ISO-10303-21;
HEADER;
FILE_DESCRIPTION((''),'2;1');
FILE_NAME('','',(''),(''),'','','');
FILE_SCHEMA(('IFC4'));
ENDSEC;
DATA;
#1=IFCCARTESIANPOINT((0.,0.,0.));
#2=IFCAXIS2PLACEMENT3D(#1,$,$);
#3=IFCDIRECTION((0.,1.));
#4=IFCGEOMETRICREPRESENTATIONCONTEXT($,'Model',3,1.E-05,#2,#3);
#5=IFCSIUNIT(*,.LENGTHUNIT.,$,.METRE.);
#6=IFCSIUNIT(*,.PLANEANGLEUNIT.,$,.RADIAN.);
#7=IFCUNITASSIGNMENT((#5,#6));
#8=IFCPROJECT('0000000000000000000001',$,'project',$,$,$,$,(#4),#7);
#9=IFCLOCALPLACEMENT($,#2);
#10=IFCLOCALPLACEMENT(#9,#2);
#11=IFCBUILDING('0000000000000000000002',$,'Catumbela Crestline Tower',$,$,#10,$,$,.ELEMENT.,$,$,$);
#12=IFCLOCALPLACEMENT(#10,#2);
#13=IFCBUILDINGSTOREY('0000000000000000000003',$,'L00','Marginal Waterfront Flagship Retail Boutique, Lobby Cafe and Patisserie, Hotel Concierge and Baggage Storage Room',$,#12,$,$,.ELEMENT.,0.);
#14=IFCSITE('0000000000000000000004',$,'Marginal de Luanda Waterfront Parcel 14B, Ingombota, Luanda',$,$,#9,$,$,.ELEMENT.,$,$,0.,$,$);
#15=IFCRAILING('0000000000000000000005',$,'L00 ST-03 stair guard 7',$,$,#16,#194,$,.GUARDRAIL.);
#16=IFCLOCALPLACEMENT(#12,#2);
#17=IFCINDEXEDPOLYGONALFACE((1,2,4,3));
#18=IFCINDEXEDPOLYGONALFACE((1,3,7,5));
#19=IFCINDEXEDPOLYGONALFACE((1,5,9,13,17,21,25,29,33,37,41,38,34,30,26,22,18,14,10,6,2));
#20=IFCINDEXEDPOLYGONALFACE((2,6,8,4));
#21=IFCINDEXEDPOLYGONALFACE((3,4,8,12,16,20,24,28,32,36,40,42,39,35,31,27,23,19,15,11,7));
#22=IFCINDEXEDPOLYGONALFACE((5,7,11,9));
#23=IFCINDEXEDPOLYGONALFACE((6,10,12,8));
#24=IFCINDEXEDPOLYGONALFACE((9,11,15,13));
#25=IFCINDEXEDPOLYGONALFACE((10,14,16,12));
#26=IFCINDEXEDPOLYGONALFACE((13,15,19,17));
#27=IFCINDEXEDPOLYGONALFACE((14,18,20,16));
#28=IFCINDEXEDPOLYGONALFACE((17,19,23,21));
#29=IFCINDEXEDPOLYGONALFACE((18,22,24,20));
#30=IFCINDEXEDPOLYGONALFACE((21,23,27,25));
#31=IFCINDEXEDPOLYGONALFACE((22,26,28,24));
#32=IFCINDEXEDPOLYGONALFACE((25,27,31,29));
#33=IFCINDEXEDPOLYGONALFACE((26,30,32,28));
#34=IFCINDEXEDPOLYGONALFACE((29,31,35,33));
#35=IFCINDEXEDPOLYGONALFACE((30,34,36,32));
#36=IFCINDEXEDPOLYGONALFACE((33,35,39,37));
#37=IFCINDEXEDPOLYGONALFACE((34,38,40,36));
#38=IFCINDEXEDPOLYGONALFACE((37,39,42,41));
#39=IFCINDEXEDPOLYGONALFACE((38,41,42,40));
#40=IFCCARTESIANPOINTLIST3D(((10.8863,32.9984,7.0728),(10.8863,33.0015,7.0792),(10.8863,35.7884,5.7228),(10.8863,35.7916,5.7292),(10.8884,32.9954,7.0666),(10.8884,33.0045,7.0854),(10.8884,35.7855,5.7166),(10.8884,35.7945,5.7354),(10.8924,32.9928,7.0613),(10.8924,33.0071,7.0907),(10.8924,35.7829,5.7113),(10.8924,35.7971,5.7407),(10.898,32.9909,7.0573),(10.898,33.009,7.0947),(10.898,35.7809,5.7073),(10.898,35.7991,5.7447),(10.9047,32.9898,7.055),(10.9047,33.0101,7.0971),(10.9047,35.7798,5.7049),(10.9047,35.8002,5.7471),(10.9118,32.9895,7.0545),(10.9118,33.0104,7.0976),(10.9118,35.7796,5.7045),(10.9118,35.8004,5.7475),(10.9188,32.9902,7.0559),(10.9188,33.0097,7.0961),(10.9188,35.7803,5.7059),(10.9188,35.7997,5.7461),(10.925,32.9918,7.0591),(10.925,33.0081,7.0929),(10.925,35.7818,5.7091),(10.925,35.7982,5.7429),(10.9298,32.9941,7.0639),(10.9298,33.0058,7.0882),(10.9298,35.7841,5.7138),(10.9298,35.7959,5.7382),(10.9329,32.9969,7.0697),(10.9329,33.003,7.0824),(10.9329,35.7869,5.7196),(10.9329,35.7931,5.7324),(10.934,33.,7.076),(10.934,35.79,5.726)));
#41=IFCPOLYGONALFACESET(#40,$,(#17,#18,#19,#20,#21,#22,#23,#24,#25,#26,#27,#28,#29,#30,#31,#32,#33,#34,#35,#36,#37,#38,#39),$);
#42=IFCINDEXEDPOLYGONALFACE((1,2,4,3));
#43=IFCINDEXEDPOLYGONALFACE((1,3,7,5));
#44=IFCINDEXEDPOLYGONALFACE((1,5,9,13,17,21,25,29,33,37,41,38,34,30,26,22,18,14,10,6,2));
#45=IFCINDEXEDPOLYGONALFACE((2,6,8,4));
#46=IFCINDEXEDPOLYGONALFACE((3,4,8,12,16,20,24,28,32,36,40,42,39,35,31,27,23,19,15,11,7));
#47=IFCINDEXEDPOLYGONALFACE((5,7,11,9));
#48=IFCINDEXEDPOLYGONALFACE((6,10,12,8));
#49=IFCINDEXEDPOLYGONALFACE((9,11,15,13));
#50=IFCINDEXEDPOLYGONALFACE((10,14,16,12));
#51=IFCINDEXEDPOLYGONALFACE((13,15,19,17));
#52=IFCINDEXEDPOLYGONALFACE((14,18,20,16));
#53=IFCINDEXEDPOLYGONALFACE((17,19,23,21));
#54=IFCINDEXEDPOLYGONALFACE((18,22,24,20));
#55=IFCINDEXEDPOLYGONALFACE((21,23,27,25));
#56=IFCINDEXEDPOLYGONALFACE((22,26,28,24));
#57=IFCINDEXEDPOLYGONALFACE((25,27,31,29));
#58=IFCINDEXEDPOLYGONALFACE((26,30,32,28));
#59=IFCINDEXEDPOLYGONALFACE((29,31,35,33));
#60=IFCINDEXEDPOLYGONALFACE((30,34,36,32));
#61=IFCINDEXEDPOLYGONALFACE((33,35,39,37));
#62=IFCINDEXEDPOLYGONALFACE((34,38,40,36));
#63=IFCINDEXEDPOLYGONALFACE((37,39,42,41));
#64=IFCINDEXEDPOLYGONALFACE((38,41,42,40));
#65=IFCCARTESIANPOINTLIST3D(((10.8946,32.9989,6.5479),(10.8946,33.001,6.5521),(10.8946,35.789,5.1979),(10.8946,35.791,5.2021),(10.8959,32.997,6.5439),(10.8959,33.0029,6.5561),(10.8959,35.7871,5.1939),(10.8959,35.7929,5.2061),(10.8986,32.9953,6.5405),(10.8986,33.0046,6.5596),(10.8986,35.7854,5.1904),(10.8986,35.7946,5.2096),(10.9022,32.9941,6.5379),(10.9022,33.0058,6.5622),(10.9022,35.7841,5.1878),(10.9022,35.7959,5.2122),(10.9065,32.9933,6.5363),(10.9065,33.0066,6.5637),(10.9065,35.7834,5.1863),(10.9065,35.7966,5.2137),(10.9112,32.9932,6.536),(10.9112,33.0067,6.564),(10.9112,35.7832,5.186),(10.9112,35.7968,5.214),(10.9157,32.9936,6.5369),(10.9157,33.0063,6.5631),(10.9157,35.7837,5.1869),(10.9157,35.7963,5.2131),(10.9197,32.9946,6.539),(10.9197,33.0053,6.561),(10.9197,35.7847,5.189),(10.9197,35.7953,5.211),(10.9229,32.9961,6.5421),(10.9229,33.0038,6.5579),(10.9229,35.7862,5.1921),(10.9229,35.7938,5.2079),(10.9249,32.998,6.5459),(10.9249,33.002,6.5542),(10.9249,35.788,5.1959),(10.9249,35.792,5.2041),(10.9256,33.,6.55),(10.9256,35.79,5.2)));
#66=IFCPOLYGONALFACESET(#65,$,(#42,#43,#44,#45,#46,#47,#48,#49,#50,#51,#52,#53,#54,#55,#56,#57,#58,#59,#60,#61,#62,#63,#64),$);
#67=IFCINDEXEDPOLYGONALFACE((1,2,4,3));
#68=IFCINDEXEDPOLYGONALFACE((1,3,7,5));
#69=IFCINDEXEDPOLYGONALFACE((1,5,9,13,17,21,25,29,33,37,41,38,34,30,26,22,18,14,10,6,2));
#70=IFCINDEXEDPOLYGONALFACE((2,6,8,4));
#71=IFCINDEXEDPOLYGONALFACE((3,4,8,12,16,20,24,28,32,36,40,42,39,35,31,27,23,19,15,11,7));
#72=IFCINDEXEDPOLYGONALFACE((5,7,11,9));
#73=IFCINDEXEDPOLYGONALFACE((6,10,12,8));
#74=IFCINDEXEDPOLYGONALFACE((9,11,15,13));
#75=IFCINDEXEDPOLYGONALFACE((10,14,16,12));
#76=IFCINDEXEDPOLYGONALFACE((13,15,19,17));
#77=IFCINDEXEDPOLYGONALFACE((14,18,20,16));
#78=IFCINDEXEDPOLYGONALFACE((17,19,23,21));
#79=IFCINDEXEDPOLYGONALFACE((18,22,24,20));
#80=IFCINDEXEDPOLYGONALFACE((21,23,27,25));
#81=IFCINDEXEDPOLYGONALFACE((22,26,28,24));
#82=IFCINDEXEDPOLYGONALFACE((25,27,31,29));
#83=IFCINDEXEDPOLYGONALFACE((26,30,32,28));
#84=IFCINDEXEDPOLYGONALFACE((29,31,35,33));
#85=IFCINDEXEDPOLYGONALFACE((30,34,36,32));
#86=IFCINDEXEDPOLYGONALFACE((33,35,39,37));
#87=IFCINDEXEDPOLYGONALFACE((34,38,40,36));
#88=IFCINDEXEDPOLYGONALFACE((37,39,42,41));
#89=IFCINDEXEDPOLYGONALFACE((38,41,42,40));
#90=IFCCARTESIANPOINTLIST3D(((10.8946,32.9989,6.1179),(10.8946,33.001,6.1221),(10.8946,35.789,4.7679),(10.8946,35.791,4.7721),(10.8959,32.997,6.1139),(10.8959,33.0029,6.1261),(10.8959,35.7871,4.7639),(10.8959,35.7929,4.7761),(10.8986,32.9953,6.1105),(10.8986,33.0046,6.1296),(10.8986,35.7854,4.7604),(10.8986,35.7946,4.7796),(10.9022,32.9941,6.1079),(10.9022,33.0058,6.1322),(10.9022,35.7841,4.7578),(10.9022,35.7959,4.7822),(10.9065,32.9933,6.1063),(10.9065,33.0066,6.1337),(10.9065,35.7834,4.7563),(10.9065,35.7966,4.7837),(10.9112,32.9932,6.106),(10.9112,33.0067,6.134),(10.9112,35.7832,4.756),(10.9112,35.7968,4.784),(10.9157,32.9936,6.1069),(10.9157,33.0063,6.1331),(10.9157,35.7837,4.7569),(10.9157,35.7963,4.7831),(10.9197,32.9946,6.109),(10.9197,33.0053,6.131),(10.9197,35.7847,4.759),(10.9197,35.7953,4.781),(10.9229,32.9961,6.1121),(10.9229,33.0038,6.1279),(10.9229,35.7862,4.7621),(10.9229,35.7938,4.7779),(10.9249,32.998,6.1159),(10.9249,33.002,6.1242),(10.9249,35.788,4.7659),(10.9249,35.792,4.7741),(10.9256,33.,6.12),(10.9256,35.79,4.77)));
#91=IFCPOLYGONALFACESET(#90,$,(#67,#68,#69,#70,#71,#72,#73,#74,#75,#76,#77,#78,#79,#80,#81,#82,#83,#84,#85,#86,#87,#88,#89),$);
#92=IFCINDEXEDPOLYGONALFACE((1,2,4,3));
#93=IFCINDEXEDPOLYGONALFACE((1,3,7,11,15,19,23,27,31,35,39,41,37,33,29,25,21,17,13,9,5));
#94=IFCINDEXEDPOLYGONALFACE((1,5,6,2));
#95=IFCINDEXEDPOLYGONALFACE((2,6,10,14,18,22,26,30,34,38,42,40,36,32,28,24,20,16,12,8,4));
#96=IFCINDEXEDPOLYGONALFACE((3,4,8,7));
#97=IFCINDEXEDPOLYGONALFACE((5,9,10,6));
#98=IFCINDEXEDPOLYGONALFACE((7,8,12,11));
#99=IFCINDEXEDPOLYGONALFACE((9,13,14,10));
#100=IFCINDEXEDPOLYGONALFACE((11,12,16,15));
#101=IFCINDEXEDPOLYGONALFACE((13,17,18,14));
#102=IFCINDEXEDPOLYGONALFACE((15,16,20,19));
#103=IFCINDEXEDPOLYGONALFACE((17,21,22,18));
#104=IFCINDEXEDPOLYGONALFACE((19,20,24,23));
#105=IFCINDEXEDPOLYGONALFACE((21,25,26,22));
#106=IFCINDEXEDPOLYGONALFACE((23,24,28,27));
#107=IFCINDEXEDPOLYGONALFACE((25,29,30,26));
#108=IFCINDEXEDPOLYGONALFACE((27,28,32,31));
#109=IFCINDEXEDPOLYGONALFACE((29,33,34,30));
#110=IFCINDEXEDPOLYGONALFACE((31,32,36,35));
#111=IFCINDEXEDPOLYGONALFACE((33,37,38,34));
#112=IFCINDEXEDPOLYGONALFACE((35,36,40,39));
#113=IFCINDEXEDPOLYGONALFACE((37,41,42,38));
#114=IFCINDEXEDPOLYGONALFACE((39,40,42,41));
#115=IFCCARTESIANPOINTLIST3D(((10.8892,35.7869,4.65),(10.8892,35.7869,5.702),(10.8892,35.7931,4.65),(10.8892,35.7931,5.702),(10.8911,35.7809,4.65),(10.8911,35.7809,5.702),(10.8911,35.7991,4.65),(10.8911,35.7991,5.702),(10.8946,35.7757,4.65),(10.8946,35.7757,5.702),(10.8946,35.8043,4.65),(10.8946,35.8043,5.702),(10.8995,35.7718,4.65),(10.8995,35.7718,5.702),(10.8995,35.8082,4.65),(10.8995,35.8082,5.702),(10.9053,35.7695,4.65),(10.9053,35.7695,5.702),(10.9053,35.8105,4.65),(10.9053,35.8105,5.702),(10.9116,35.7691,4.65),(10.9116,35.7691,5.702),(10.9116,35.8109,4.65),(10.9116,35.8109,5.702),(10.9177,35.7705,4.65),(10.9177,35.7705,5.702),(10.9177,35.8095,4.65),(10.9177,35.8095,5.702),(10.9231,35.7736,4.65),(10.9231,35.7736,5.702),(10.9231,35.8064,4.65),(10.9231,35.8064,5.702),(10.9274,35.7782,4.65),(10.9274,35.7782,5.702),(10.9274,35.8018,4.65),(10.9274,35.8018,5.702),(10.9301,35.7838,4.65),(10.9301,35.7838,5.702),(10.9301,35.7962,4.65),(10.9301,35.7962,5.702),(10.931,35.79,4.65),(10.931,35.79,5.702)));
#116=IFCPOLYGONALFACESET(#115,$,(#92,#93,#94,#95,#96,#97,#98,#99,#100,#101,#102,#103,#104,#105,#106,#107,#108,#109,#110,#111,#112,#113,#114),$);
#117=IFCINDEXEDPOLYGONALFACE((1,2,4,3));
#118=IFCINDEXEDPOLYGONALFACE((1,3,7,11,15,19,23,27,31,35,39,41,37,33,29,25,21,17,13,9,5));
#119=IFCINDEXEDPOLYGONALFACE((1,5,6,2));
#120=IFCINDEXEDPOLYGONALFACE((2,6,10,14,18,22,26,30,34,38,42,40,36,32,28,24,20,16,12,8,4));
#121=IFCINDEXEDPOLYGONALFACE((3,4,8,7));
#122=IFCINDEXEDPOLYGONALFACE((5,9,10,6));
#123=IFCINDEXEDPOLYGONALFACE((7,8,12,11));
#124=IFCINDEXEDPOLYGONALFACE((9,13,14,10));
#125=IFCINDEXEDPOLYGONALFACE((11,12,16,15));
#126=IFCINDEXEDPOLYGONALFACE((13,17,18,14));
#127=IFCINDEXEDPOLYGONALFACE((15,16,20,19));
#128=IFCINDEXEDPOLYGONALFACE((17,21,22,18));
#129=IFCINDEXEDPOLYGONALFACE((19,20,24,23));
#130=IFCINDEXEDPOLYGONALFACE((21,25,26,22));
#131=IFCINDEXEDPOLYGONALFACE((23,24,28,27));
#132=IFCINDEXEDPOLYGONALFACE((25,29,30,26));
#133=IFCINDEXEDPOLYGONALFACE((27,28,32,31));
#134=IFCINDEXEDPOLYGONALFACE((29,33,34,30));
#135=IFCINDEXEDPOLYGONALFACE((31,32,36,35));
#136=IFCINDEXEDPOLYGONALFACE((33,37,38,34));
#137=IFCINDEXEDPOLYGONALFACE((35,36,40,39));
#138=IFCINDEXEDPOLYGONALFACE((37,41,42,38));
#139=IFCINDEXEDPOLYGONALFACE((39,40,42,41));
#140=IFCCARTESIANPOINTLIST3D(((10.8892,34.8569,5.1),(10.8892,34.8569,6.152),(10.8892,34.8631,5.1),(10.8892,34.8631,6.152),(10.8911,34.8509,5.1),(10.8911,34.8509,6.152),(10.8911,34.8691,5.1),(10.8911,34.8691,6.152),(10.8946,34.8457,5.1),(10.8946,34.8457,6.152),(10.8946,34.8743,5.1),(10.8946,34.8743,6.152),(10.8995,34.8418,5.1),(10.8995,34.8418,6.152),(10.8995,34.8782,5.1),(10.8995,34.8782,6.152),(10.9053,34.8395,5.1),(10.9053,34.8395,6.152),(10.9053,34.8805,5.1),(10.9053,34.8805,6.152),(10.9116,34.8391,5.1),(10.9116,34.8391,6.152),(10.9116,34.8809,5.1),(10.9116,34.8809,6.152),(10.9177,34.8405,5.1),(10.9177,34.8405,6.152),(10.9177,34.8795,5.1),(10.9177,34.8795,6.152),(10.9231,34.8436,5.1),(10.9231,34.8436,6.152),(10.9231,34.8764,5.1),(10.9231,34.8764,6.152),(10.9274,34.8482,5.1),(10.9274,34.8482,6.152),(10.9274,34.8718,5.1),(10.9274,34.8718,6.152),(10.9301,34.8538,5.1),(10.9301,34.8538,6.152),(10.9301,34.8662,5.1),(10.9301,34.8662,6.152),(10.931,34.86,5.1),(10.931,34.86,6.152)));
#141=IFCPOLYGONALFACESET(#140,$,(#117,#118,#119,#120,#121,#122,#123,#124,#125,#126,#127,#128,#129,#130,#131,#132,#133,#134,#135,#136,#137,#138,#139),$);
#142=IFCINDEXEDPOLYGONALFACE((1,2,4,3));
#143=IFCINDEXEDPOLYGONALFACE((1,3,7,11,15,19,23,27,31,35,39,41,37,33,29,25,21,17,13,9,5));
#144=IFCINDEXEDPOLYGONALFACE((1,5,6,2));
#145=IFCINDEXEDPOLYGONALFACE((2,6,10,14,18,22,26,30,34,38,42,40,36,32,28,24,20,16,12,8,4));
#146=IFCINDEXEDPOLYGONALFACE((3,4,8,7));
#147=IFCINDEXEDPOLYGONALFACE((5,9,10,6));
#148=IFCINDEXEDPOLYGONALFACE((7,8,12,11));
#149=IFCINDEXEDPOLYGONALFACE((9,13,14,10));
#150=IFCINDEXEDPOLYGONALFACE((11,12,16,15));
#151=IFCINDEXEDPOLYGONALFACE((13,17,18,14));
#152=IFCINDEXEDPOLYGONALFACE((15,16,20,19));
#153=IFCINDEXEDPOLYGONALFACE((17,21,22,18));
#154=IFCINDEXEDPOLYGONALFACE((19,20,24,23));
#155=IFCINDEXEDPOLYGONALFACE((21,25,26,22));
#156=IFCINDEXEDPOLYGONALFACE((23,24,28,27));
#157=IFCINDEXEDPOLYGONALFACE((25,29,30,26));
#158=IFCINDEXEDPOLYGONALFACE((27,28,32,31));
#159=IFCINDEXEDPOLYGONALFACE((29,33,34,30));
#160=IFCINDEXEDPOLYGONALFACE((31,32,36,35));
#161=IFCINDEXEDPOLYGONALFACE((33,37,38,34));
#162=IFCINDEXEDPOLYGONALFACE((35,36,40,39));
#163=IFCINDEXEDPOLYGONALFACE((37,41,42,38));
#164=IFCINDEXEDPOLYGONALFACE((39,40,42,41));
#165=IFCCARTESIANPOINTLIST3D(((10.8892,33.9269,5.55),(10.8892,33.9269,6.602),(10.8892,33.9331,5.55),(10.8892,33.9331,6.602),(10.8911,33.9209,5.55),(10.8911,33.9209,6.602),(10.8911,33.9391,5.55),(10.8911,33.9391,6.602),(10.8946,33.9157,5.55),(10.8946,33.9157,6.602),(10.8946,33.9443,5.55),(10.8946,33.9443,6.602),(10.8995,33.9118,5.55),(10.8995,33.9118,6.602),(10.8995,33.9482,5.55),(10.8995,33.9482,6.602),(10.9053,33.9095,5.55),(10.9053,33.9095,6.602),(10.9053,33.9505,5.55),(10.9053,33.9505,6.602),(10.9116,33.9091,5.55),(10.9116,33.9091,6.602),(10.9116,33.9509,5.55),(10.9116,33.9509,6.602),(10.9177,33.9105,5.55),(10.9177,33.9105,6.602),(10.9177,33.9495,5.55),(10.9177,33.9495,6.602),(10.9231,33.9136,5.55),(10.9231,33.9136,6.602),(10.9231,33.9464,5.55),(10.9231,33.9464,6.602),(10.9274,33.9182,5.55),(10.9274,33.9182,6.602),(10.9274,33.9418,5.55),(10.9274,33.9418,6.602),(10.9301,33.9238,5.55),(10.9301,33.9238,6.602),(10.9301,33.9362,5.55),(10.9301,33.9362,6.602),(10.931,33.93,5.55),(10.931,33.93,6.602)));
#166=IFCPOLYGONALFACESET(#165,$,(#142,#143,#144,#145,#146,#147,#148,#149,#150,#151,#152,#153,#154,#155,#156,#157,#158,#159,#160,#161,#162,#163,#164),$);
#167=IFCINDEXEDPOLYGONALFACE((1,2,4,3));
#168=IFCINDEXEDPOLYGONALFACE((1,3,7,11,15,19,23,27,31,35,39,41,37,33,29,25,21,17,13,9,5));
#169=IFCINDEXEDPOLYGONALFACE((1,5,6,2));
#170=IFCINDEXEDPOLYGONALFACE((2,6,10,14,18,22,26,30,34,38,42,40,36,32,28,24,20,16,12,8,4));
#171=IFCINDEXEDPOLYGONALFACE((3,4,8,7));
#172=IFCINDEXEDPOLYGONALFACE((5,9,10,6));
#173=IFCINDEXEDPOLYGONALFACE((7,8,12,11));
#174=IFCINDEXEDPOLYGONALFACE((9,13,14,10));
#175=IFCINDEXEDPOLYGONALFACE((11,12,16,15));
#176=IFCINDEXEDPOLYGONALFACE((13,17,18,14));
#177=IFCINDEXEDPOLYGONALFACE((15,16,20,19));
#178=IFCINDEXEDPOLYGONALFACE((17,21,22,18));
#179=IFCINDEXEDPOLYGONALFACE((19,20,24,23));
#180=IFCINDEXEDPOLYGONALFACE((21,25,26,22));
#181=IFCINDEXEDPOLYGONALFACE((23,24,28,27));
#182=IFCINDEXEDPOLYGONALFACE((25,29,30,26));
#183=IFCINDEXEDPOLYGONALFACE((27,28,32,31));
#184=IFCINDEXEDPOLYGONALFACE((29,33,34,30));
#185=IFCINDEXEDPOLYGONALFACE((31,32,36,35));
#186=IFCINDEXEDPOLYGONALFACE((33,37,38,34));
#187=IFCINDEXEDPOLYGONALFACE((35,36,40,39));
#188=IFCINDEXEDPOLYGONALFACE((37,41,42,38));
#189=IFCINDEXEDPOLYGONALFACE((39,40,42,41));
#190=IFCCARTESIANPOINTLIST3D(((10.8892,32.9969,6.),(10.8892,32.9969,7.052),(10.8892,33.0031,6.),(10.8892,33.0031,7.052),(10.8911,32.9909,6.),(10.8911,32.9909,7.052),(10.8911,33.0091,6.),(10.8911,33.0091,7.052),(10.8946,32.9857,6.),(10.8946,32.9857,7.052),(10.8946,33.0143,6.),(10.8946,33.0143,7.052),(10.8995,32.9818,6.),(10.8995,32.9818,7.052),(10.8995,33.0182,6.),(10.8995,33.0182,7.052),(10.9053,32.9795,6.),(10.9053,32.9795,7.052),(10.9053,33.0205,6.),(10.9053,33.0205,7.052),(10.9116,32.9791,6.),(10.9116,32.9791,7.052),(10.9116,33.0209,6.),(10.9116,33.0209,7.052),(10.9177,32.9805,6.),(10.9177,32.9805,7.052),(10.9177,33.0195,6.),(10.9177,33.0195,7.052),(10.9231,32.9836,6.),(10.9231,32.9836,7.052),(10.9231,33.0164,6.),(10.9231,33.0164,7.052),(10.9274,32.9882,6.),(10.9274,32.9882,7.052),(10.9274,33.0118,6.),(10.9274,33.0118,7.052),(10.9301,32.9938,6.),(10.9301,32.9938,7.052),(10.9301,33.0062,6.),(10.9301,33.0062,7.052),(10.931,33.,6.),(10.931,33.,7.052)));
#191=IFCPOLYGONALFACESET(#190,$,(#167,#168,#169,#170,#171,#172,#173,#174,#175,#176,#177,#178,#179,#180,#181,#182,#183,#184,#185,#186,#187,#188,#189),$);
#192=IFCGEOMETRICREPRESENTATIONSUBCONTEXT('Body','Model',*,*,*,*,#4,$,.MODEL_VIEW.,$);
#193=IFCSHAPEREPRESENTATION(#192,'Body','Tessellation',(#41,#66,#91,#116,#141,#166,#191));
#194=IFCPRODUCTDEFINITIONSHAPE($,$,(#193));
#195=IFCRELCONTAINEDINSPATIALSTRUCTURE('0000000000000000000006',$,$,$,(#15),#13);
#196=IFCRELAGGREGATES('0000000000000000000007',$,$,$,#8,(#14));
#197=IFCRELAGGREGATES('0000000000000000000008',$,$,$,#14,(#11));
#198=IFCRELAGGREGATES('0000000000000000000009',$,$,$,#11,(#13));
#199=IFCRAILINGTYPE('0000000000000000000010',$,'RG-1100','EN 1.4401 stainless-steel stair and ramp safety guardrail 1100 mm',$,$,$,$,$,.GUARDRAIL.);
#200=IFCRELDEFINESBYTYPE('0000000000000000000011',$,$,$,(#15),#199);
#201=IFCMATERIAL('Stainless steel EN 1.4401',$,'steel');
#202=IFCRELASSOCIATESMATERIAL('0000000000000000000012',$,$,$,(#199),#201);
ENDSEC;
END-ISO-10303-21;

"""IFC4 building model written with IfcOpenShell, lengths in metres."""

from ifc_helpers import new_model, si_unit, direction, frame, origin, origin_2d, place, context, subcontext, project, spatial, circle, extrude, material, type_object, element, save


model = new_model("IFC4")

# Units and contexts
model_context = context("Model", 3, precision=1e-05, world=origin(), true_north=direction((0.0, 1.0)))
body_context = subcontext(model_context, "Body", "Model", "MODEL_VIEW")
ifc_project = project(units=[si_unit("LENGTHUNIT", "METRE"), si_unit("PLANEANGLEUNIT", "RADIAN")], contexts=[model_context])

# Site, building, storey
site_placement = place(None, origin())
site = spatial("IfcSite", under=ifc_project, at=site_placement, Name="Marginal de Luanda Waterfront Parcel 14B, Ingombota, Luanda", CompositionType="ELEMENT", RefElevation=0.0)
building_placement = place(site_placement, origin())
building = spatial("IfcBuilding", under=site, at=building_placement, Name="Catumbela Crestline Tower", CompositionType="ELEMENT")
storey_placement = place(building_placement, origin())
storey = spatial("IfcBuildingStorey", under=building, at=storey_placement, Name="L00", Description="Marginal Waterfront Flagship Retail Boutique, Lobby Cafe and Patisserie, Hotel Concierge and Baggage Storage Room", CompositionType="ELEMENT", Elevation=0.0)

# Railing
ifc_material_1 = material(Name="Stainless steel EN 1.4401", Category="steel")
railing_type = type_object("IfcRailingType", Name="RG-1100", Description="EN 1.4401 stainless-steel stair and ramp safety guardrail 1100 mm", PredefinedType="GUARDRAIL", material=ifc_material_1)
for number, where, name in (
    (1, (10.91, 35.79, 4.65), "L00 ST-03 stair guard 7"),
):
    element("IfcRailing", number, at=place(storey_placement, frame(where)), inside=storey, type_object=railing_type, Name=name, PredefinedType="GUARDRAIL", context=body_context, shape_type="SweptSolid", body=[
        extrude(circle(Radius=0.024, at=origin_2d()), frame((0.0, 0.0, 1.076), z_axis=(0.0, -0.900159, 0.435561), x_axis=(1.0, 0.0, 0.0)), (0.0, 0.0, 1.0), 3.0995),
        extrude(circle(Radius=0.0156, at=origin_2d()), frame((0.0, 0.0, 0.55), z_axis=(0.0, -0.900159, 0.435561), x_axis=(1.0, 0.0, 0.0)), (0.0, 0.0, 1.0), 3.0995),
        extrude(circle(Radius=0.0156, at=origin_2d()), frame((0.0, 0.0, 0.12), z_axis=(0.0, -0.900159, 0.435561), x_axis=(1.0, 0.0, 0.0)), (0.0, 0.0, 1.0), 3.0995),
        extrude(circle(Radius=0.021, at=origin_2d()), origin(), (0.0, 0.0, 1.0), 1.052),
        extrude(circle(Radius=0.021, at=origin_2d()), frame((0.0, -0.93, 0.45)), (0.0, 0.0, 1.0), 1.052),
        extrude(circle(Radius=0.021, at=origin_2d()), frame((0.0, -1.86, 0.9)), (0.0, 0.0, 1.0), 1.052),
        extrude(circle(Radius=0.021, at=origin_2d()), frame((0.0, -2.79, 1.35)), (0.0, 0.0, 1.0), 1.052),
    ])

save(model, "model.ifc")
